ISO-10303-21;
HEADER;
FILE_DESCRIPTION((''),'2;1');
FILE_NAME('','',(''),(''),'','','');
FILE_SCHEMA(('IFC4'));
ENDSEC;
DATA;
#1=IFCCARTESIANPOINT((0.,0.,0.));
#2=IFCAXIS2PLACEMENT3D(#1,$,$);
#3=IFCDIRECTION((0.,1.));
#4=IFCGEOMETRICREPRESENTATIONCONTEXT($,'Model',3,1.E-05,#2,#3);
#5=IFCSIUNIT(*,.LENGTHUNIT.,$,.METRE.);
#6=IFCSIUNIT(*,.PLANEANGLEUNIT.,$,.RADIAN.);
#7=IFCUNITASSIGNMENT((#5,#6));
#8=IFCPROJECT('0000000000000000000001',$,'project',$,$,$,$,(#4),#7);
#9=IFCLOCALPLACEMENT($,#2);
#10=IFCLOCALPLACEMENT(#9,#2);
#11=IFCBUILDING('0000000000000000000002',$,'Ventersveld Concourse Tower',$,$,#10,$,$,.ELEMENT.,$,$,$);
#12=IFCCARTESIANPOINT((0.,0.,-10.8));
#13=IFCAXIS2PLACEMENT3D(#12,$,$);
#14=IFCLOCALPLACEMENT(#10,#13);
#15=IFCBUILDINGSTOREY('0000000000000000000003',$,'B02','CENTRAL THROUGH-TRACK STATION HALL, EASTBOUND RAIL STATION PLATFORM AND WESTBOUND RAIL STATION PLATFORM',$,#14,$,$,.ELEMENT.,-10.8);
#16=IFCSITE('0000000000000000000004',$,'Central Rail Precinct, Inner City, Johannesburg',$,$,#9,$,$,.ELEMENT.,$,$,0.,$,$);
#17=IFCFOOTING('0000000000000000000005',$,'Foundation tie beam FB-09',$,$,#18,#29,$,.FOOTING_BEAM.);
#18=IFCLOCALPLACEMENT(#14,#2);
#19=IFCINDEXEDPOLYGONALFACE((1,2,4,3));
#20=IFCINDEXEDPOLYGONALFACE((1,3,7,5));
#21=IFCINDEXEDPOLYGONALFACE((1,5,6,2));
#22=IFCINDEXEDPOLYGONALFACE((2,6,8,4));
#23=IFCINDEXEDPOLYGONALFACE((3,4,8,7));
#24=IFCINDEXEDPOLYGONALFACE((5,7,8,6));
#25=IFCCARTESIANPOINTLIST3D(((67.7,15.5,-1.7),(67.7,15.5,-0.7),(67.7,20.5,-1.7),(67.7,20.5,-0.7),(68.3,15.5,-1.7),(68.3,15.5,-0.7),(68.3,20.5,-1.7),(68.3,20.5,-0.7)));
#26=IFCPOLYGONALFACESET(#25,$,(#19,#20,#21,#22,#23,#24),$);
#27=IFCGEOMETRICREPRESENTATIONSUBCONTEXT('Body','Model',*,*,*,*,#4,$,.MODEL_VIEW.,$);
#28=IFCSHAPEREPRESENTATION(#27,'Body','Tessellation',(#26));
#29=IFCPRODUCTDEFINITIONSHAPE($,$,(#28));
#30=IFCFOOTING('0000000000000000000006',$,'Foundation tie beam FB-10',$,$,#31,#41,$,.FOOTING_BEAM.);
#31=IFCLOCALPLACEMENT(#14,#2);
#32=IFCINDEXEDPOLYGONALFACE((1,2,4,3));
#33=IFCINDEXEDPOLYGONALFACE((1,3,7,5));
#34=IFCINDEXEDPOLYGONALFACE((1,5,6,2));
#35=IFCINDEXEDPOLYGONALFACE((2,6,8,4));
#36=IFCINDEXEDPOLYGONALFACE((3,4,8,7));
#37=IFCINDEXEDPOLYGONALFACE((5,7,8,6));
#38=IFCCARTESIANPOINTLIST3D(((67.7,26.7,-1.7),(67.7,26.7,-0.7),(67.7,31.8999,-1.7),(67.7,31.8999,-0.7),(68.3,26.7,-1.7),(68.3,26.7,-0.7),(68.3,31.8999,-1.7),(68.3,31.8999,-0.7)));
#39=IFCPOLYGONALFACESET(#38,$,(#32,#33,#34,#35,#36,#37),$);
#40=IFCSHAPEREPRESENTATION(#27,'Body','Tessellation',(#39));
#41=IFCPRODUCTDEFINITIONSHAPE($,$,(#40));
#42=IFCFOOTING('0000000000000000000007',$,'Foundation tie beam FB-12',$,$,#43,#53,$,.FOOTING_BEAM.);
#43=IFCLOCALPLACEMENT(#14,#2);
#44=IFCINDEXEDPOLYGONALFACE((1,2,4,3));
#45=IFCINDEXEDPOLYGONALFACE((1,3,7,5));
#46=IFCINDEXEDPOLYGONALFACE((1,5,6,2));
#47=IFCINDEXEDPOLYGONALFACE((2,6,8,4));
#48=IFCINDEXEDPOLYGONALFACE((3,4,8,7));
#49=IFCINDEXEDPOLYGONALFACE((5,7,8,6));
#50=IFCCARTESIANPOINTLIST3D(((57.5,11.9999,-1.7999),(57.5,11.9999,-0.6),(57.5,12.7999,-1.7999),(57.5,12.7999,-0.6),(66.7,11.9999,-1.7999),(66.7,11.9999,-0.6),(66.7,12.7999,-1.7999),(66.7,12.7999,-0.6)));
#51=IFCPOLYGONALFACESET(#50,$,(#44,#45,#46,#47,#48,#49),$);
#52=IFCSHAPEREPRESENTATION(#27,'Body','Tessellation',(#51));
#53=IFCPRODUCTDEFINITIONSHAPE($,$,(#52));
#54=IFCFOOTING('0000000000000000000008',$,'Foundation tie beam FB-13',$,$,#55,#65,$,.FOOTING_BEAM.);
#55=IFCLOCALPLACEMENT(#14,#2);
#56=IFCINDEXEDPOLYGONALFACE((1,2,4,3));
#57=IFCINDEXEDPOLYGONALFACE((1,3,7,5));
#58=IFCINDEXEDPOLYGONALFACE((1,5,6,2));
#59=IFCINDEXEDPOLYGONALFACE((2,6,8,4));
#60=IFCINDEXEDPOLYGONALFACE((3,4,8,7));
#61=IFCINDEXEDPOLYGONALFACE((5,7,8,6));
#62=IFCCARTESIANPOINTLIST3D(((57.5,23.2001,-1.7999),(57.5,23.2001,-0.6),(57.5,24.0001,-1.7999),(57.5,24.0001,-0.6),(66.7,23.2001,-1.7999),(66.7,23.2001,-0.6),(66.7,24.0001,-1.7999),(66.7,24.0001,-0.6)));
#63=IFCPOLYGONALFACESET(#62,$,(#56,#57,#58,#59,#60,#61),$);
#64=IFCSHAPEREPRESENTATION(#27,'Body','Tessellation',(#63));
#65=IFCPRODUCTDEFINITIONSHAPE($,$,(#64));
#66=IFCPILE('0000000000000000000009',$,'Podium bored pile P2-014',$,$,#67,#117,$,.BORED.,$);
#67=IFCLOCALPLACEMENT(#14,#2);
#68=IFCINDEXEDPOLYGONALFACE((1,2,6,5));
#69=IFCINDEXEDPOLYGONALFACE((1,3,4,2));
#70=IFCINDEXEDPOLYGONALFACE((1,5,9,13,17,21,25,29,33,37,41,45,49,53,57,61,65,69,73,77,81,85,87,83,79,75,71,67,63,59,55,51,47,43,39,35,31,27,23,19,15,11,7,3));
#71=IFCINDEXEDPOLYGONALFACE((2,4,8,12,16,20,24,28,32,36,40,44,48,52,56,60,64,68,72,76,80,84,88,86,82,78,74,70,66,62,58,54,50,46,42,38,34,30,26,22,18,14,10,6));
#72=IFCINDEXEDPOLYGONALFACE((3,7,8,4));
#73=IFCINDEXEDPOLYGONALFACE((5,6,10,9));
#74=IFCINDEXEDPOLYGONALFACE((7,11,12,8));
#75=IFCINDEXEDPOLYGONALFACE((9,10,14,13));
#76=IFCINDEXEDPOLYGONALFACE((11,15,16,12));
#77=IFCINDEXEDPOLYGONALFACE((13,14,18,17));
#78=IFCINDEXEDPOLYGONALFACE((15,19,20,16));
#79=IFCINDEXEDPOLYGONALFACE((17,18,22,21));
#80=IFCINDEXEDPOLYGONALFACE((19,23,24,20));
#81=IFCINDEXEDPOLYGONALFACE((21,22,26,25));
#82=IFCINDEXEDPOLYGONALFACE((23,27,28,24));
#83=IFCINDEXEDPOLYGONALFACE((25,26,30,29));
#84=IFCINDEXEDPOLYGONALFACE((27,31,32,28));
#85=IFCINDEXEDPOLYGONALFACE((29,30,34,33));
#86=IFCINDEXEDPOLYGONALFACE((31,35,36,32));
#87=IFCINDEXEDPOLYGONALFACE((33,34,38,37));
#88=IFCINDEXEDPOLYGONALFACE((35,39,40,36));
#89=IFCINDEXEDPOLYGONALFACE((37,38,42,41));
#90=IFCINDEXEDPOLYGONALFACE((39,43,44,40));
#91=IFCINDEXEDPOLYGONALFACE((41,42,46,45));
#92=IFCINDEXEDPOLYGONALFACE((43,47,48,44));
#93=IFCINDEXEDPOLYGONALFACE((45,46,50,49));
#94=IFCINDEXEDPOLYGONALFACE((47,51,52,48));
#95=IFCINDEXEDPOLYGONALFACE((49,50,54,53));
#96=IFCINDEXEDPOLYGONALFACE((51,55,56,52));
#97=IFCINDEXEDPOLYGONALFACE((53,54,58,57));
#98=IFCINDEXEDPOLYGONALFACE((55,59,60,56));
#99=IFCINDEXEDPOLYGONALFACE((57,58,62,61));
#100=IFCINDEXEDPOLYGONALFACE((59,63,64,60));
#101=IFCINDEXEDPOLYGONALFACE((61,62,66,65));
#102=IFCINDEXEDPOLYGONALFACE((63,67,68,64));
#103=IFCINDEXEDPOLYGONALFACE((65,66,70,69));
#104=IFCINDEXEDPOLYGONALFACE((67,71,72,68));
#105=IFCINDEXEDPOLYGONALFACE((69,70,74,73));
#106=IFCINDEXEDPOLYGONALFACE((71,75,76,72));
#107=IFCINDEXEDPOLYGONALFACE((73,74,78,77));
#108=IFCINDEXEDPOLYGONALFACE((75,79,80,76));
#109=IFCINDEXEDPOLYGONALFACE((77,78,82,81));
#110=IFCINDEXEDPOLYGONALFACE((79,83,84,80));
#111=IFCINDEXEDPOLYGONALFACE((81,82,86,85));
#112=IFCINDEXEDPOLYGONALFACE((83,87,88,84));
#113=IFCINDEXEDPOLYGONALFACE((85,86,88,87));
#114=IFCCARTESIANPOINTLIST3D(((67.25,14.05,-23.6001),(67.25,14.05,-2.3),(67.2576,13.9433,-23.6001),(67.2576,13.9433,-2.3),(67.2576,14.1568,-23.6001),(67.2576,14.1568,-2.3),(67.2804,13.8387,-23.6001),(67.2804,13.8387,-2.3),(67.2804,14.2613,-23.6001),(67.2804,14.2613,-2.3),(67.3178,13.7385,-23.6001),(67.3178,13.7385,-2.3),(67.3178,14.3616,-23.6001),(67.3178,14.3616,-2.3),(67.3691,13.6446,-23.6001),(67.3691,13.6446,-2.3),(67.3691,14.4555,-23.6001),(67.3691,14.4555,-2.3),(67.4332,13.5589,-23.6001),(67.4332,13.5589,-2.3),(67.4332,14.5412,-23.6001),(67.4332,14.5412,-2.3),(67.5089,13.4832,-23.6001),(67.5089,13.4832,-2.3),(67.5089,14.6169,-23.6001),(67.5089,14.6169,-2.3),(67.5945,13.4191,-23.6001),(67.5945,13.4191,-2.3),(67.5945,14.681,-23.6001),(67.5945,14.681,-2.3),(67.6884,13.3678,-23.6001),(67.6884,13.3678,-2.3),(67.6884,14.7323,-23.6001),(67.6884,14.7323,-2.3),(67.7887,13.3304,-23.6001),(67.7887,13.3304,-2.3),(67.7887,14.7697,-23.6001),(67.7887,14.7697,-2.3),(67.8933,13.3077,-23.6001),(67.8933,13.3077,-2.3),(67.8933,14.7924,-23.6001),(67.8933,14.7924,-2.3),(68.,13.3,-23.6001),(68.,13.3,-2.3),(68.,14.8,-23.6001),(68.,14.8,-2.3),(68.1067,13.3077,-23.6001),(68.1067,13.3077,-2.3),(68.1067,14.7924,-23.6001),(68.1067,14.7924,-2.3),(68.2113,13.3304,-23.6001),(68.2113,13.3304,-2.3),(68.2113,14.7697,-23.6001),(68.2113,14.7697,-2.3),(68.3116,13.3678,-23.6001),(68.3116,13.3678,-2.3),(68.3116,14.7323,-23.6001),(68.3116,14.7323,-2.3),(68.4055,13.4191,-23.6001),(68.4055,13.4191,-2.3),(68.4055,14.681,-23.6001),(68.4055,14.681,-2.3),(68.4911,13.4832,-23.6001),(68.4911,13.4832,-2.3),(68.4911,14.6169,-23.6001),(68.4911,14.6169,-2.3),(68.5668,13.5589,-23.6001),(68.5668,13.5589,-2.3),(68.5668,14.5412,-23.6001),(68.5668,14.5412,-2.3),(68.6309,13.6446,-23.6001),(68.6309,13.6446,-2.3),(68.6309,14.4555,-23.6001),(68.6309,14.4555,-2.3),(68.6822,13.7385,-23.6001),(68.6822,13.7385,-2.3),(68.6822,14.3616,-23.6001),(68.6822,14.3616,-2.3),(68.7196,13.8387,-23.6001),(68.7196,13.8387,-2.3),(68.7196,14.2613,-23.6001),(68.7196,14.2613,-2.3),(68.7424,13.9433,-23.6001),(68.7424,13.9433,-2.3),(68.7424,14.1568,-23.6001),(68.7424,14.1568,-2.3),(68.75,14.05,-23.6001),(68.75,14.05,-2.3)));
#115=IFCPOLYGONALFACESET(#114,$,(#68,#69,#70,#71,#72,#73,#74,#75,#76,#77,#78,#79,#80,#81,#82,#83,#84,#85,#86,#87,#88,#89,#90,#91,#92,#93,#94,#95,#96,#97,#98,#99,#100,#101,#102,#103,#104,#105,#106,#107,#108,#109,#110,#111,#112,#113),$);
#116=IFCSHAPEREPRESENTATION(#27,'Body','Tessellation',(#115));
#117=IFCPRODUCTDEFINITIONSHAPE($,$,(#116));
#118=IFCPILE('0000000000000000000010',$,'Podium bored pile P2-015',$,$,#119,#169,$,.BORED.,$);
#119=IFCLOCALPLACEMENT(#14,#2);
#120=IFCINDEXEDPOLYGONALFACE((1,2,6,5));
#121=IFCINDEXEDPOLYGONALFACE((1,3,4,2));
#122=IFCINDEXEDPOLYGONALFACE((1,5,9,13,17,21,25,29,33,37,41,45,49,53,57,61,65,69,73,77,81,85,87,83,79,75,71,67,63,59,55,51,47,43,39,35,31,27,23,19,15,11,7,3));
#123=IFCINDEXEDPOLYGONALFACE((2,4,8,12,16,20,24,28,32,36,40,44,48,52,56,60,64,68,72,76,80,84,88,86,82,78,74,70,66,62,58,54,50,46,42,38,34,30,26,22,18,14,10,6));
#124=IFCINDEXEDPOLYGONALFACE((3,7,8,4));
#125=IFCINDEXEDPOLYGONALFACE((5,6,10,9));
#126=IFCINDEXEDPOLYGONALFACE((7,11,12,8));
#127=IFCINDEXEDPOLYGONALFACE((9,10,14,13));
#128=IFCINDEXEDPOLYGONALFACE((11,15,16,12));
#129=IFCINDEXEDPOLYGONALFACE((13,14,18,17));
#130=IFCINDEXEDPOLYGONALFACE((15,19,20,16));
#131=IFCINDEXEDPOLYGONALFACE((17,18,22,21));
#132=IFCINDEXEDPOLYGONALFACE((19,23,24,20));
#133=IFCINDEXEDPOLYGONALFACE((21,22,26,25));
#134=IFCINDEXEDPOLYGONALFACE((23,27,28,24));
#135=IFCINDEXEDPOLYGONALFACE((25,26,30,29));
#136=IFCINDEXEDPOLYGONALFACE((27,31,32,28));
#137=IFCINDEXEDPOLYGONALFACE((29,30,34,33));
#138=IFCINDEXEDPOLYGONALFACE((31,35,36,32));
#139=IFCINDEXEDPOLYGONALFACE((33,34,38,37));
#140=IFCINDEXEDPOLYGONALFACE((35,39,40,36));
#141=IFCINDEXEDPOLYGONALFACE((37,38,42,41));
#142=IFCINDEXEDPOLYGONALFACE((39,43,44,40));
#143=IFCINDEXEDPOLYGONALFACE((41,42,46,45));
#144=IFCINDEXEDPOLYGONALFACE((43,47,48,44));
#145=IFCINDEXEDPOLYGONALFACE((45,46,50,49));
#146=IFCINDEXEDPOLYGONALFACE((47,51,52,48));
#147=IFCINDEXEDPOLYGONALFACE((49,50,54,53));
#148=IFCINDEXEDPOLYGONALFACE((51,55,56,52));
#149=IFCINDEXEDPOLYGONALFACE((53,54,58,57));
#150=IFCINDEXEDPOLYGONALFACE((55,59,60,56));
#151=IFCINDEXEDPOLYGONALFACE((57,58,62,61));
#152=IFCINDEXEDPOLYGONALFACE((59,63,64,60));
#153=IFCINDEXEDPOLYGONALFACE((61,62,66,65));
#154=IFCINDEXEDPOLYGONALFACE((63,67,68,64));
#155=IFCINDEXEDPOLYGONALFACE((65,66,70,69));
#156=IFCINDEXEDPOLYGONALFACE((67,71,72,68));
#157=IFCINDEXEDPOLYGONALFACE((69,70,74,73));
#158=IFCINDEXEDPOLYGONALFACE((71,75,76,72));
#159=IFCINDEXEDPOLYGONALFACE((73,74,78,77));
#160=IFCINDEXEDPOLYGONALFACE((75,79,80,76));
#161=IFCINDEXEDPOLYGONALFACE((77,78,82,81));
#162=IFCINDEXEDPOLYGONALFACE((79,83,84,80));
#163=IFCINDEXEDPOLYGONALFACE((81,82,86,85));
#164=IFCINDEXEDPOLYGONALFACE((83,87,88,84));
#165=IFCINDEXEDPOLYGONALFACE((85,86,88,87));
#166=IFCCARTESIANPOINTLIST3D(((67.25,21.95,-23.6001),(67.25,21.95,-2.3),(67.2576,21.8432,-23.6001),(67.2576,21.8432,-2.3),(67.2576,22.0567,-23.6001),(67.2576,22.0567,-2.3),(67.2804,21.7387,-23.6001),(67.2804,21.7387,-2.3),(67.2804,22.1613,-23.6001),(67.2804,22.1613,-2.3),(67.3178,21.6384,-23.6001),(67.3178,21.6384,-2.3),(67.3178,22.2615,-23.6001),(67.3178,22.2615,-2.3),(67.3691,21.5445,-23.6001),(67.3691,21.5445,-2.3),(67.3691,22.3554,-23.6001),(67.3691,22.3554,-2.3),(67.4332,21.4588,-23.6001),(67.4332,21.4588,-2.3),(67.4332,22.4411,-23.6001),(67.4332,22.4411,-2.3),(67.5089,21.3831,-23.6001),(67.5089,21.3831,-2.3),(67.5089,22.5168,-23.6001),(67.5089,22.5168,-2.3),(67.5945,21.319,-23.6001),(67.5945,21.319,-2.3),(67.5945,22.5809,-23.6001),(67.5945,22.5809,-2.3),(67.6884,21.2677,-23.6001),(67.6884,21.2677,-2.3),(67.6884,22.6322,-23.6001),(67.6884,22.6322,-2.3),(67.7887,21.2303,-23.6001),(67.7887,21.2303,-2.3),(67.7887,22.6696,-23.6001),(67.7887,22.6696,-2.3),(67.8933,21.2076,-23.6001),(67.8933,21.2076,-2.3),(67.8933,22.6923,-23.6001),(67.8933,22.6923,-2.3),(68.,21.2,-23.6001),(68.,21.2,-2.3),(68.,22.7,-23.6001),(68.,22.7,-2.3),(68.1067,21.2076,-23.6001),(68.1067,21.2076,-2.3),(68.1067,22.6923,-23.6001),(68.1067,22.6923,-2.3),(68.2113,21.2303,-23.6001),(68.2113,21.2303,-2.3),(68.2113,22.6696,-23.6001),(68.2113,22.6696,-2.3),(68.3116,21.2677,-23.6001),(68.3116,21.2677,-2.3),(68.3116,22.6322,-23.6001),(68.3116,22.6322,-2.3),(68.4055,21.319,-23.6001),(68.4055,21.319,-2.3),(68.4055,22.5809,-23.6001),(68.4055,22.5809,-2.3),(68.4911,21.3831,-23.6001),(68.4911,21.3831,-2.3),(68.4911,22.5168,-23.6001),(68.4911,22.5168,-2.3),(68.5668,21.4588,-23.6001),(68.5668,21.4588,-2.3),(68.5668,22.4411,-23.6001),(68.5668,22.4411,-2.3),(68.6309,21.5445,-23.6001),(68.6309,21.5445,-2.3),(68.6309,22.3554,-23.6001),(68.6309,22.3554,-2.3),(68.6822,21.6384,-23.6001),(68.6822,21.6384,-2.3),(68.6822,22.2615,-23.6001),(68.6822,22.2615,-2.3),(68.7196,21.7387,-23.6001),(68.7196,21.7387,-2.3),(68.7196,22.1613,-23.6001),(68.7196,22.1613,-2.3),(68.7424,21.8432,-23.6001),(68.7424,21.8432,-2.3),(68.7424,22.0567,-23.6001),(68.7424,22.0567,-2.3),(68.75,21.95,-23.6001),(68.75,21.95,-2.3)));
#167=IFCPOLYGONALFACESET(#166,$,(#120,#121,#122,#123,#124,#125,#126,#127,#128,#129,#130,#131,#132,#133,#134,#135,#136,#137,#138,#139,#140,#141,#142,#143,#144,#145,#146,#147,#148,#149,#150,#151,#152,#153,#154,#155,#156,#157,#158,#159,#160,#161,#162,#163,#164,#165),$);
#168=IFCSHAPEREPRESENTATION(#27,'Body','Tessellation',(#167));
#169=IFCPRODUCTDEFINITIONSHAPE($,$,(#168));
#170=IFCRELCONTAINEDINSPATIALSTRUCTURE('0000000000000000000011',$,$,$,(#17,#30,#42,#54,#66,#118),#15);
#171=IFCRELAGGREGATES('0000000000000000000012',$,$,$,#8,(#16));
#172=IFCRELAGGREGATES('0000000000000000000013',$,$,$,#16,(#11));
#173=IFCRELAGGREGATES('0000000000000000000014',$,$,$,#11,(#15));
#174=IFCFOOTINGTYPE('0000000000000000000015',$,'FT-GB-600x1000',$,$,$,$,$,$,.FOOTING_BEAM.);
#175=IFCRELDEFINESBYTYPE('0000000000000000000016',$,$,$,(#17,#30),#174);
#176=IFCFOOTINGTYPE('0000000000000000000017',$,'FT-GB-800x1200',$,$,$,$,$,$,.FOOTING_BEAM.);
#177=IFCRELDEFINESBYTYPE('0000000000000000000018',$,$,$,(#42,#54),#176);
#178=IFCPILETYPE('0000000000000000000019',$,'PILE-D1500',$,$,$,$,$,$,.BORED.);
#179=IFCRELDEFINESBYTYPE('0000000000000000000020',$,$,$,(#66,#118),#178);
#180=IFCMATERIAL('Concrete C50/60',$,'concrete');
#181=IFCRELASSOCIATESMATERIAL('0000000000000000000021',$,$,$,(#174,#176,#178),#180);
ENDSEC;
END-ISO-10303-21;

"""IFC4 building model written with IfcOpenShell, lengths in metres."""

from ifc_helpers import new_model, si_unit, direction, frame, origin, origin_2d, place, context, subcontext, project, spatial, rectangle, circle, extrude, material, material_profile, profile_set, type_object, element, save


model = new_model("IFC4")

# Units and contexts
model_context = context("Model", 3, precision=1e-05, world=origin(), true_north=direction((0.0, 1.0)))
body_context = subcontext(model_context, "Body", "Model", "MODEL_VIEW")
ifc_project = project(units=[si_unit("LENGTHUNIT", "METRE"), si_unit("PLANEANGLEUNIT", "RADIAN")], contexts=[model_context])

# Site, building, storey
site_placement = place(None, origin())
site = spatial("IfcSite", under=ifc_project, at=site_placement, Name="Central Rail Precinct, Inner City, Johannesburg", CompositionType="ELEMENT", RefElevation=0.0)
building_placement = place(site_placement, origin())
building = spatial("IfcBuilding", under=site, at=building_placement, Name="Ventersveld Concourse Tower", CompositionType="ELEMENT")
storey_placement = place(building_placement, frame((0.0, 0.0, -10.8)))
storey = spatial("IfcBuildingStorey", under=building, at=storey_placement, Name="B02", Description="CENTRAL THROUGH-TRACK STATION HALL, EASTBOUND RAIL STATION PLATFORM AND WESTBOUND RAIL STATION PLATFORM", CompositionType="ELEMENT", Elevation=-10.8)

# Footings
ifc_material_1 = material(Name="Concrete C50/60", Category="concrete")
ifc_material_profile_1 = material_profile(ifc_material_1, rectangle(XDim=0.6001, YDim=1.0, at=origin_2d()), Name="GB 600x1000")
ifc_profile_set_1 = profile_set([ifc_material_profile_1], Name="Concrete C50/60")
footing_type_1 = type_object("IfcFootingType", Name="FT-GB-600x1000", PredefinedType="FOOTING_BEAM", material=ifc_profile_set_1)
footing_1_placement = place(storey_placement, frame((68.0, 15.5, -1.2), z_axis=(0.0, 1.0, 0.0), x_axis=(-1.0, 0.0, 0.0)))
element("IfcFooting", 1, at=footing_1_placement, inside=storey, type_object=footing_type_1, Name="Foundation tie beam FB-09", PredefinedType="FOOTING_BEAM", context=body_context, shape_type="SweptSolid", body=[
    extrude(rectangle(XDim=0.6001, YDim=1.0, at=origin_2d()), origin(), (0.0, 0.0, 1.0), 5.0),
])
footing_2_placement = place(storey_placement, frame((68.0, 26.7, -1.2), z_axis=(0.0, 1.0, 0.0), x_axis=(-1.0, 0.0, 0.0)))
element("IfcFooting", 2, at=footing_2_placement, inside=storey, type_object=footing_type_1, Name="Foundation tie beam FB-10", PredefinedType="FOOTING_BEAM", context=body_context, shape_type="SweptSolid", body=[
    extrude(rectangle(XDim=0.6001, YDim=1.0, at=origin_2d()), origin(), (0.0, 0.0, 1.0), 5.2),
])
ifc_material_profile_2 = material_profile(ifc_material_1, rectangle(XDim=0.8, YDim=1.2, at=origin_2d()), Name="GB 800x1200")
ifc_profile_set_2 = profile_set([ifc_material_profile_2], Name="Concrete C50/60")
footing_type_2 = type_object("IfcFootingType", Name="FT-GB-800x1200", PredefinedType="FOOTING_BEAM", material=ifc_profile_set_2)
for number, where, z_axis, x_axis, name in (
    (3, (57.5, 12.3999, -1.2), (1.0, 0.0, 0.0), (0.0, 1.0, 0.0), "Foundation tie beam FB-12"),
    (4, (57.5, 23.6001, -1.2), (1.0, 0.0, 0.0), (0.0, 1.0, 0.0), "Foundation tie beam FB-13"),
):
    element("IfcFooting", number, at=place(storey_placement, frame(where, z_axis=z_axis, x_axis=x_axis)), inside=storey, type_object=footing_type_2, Name=name, PredefinedType="FOOTING_BEAM", context=body_context, shape_type="SweptSolid", body=[
        extrude(rectangle(XDim=0.8, YDim=1.2, at=origin_2d()), origin(), (0.0, 0.0, 1.0), 9.2),
    ])

# Piles
ifc_material_profile_3 = material_profile(ifc_material_1, circle(Radius=0.75, at=origin_2d()), Name="PILE D1500")
ifc_profile_set_3 = profile_set([ifc_material_profile_3], Name="Concrete C50/60")
pile_type_1 = type_object("IfcPileType", Name="PILE-D1500", PredefinedType="BORED", material=ifc_profile_set_3)
for number, where, z_axis, x_axis, name in (
    (5, (68.0, 14.05, -2.3), (0.0, 0.0, -1.0), (1.0, 0.0, 0.0), "Podium bored pile P2-014"),
    (6, (68.0, 21.95, -2.3), (0.0, 0.0, -1.0), (1.0, 0.0, 0.0), "Podium bored pile P2-015"),
):
    element("IfcPile", number, at=place(storey_placement, frame(where, z_axis=z_axis, x_axis=x_axis)), inside=storey, type_object=pile_type_1, Name=name, PredefinedType="BORED", context=body_context, shape_type="SweptSolid", body=[
        extrude(circle(Radius=0.75, at=origin_2d()), origin(), (0.0, 0.0, 1.0), 21.3),
    ])

save(model, "model.ifc")
